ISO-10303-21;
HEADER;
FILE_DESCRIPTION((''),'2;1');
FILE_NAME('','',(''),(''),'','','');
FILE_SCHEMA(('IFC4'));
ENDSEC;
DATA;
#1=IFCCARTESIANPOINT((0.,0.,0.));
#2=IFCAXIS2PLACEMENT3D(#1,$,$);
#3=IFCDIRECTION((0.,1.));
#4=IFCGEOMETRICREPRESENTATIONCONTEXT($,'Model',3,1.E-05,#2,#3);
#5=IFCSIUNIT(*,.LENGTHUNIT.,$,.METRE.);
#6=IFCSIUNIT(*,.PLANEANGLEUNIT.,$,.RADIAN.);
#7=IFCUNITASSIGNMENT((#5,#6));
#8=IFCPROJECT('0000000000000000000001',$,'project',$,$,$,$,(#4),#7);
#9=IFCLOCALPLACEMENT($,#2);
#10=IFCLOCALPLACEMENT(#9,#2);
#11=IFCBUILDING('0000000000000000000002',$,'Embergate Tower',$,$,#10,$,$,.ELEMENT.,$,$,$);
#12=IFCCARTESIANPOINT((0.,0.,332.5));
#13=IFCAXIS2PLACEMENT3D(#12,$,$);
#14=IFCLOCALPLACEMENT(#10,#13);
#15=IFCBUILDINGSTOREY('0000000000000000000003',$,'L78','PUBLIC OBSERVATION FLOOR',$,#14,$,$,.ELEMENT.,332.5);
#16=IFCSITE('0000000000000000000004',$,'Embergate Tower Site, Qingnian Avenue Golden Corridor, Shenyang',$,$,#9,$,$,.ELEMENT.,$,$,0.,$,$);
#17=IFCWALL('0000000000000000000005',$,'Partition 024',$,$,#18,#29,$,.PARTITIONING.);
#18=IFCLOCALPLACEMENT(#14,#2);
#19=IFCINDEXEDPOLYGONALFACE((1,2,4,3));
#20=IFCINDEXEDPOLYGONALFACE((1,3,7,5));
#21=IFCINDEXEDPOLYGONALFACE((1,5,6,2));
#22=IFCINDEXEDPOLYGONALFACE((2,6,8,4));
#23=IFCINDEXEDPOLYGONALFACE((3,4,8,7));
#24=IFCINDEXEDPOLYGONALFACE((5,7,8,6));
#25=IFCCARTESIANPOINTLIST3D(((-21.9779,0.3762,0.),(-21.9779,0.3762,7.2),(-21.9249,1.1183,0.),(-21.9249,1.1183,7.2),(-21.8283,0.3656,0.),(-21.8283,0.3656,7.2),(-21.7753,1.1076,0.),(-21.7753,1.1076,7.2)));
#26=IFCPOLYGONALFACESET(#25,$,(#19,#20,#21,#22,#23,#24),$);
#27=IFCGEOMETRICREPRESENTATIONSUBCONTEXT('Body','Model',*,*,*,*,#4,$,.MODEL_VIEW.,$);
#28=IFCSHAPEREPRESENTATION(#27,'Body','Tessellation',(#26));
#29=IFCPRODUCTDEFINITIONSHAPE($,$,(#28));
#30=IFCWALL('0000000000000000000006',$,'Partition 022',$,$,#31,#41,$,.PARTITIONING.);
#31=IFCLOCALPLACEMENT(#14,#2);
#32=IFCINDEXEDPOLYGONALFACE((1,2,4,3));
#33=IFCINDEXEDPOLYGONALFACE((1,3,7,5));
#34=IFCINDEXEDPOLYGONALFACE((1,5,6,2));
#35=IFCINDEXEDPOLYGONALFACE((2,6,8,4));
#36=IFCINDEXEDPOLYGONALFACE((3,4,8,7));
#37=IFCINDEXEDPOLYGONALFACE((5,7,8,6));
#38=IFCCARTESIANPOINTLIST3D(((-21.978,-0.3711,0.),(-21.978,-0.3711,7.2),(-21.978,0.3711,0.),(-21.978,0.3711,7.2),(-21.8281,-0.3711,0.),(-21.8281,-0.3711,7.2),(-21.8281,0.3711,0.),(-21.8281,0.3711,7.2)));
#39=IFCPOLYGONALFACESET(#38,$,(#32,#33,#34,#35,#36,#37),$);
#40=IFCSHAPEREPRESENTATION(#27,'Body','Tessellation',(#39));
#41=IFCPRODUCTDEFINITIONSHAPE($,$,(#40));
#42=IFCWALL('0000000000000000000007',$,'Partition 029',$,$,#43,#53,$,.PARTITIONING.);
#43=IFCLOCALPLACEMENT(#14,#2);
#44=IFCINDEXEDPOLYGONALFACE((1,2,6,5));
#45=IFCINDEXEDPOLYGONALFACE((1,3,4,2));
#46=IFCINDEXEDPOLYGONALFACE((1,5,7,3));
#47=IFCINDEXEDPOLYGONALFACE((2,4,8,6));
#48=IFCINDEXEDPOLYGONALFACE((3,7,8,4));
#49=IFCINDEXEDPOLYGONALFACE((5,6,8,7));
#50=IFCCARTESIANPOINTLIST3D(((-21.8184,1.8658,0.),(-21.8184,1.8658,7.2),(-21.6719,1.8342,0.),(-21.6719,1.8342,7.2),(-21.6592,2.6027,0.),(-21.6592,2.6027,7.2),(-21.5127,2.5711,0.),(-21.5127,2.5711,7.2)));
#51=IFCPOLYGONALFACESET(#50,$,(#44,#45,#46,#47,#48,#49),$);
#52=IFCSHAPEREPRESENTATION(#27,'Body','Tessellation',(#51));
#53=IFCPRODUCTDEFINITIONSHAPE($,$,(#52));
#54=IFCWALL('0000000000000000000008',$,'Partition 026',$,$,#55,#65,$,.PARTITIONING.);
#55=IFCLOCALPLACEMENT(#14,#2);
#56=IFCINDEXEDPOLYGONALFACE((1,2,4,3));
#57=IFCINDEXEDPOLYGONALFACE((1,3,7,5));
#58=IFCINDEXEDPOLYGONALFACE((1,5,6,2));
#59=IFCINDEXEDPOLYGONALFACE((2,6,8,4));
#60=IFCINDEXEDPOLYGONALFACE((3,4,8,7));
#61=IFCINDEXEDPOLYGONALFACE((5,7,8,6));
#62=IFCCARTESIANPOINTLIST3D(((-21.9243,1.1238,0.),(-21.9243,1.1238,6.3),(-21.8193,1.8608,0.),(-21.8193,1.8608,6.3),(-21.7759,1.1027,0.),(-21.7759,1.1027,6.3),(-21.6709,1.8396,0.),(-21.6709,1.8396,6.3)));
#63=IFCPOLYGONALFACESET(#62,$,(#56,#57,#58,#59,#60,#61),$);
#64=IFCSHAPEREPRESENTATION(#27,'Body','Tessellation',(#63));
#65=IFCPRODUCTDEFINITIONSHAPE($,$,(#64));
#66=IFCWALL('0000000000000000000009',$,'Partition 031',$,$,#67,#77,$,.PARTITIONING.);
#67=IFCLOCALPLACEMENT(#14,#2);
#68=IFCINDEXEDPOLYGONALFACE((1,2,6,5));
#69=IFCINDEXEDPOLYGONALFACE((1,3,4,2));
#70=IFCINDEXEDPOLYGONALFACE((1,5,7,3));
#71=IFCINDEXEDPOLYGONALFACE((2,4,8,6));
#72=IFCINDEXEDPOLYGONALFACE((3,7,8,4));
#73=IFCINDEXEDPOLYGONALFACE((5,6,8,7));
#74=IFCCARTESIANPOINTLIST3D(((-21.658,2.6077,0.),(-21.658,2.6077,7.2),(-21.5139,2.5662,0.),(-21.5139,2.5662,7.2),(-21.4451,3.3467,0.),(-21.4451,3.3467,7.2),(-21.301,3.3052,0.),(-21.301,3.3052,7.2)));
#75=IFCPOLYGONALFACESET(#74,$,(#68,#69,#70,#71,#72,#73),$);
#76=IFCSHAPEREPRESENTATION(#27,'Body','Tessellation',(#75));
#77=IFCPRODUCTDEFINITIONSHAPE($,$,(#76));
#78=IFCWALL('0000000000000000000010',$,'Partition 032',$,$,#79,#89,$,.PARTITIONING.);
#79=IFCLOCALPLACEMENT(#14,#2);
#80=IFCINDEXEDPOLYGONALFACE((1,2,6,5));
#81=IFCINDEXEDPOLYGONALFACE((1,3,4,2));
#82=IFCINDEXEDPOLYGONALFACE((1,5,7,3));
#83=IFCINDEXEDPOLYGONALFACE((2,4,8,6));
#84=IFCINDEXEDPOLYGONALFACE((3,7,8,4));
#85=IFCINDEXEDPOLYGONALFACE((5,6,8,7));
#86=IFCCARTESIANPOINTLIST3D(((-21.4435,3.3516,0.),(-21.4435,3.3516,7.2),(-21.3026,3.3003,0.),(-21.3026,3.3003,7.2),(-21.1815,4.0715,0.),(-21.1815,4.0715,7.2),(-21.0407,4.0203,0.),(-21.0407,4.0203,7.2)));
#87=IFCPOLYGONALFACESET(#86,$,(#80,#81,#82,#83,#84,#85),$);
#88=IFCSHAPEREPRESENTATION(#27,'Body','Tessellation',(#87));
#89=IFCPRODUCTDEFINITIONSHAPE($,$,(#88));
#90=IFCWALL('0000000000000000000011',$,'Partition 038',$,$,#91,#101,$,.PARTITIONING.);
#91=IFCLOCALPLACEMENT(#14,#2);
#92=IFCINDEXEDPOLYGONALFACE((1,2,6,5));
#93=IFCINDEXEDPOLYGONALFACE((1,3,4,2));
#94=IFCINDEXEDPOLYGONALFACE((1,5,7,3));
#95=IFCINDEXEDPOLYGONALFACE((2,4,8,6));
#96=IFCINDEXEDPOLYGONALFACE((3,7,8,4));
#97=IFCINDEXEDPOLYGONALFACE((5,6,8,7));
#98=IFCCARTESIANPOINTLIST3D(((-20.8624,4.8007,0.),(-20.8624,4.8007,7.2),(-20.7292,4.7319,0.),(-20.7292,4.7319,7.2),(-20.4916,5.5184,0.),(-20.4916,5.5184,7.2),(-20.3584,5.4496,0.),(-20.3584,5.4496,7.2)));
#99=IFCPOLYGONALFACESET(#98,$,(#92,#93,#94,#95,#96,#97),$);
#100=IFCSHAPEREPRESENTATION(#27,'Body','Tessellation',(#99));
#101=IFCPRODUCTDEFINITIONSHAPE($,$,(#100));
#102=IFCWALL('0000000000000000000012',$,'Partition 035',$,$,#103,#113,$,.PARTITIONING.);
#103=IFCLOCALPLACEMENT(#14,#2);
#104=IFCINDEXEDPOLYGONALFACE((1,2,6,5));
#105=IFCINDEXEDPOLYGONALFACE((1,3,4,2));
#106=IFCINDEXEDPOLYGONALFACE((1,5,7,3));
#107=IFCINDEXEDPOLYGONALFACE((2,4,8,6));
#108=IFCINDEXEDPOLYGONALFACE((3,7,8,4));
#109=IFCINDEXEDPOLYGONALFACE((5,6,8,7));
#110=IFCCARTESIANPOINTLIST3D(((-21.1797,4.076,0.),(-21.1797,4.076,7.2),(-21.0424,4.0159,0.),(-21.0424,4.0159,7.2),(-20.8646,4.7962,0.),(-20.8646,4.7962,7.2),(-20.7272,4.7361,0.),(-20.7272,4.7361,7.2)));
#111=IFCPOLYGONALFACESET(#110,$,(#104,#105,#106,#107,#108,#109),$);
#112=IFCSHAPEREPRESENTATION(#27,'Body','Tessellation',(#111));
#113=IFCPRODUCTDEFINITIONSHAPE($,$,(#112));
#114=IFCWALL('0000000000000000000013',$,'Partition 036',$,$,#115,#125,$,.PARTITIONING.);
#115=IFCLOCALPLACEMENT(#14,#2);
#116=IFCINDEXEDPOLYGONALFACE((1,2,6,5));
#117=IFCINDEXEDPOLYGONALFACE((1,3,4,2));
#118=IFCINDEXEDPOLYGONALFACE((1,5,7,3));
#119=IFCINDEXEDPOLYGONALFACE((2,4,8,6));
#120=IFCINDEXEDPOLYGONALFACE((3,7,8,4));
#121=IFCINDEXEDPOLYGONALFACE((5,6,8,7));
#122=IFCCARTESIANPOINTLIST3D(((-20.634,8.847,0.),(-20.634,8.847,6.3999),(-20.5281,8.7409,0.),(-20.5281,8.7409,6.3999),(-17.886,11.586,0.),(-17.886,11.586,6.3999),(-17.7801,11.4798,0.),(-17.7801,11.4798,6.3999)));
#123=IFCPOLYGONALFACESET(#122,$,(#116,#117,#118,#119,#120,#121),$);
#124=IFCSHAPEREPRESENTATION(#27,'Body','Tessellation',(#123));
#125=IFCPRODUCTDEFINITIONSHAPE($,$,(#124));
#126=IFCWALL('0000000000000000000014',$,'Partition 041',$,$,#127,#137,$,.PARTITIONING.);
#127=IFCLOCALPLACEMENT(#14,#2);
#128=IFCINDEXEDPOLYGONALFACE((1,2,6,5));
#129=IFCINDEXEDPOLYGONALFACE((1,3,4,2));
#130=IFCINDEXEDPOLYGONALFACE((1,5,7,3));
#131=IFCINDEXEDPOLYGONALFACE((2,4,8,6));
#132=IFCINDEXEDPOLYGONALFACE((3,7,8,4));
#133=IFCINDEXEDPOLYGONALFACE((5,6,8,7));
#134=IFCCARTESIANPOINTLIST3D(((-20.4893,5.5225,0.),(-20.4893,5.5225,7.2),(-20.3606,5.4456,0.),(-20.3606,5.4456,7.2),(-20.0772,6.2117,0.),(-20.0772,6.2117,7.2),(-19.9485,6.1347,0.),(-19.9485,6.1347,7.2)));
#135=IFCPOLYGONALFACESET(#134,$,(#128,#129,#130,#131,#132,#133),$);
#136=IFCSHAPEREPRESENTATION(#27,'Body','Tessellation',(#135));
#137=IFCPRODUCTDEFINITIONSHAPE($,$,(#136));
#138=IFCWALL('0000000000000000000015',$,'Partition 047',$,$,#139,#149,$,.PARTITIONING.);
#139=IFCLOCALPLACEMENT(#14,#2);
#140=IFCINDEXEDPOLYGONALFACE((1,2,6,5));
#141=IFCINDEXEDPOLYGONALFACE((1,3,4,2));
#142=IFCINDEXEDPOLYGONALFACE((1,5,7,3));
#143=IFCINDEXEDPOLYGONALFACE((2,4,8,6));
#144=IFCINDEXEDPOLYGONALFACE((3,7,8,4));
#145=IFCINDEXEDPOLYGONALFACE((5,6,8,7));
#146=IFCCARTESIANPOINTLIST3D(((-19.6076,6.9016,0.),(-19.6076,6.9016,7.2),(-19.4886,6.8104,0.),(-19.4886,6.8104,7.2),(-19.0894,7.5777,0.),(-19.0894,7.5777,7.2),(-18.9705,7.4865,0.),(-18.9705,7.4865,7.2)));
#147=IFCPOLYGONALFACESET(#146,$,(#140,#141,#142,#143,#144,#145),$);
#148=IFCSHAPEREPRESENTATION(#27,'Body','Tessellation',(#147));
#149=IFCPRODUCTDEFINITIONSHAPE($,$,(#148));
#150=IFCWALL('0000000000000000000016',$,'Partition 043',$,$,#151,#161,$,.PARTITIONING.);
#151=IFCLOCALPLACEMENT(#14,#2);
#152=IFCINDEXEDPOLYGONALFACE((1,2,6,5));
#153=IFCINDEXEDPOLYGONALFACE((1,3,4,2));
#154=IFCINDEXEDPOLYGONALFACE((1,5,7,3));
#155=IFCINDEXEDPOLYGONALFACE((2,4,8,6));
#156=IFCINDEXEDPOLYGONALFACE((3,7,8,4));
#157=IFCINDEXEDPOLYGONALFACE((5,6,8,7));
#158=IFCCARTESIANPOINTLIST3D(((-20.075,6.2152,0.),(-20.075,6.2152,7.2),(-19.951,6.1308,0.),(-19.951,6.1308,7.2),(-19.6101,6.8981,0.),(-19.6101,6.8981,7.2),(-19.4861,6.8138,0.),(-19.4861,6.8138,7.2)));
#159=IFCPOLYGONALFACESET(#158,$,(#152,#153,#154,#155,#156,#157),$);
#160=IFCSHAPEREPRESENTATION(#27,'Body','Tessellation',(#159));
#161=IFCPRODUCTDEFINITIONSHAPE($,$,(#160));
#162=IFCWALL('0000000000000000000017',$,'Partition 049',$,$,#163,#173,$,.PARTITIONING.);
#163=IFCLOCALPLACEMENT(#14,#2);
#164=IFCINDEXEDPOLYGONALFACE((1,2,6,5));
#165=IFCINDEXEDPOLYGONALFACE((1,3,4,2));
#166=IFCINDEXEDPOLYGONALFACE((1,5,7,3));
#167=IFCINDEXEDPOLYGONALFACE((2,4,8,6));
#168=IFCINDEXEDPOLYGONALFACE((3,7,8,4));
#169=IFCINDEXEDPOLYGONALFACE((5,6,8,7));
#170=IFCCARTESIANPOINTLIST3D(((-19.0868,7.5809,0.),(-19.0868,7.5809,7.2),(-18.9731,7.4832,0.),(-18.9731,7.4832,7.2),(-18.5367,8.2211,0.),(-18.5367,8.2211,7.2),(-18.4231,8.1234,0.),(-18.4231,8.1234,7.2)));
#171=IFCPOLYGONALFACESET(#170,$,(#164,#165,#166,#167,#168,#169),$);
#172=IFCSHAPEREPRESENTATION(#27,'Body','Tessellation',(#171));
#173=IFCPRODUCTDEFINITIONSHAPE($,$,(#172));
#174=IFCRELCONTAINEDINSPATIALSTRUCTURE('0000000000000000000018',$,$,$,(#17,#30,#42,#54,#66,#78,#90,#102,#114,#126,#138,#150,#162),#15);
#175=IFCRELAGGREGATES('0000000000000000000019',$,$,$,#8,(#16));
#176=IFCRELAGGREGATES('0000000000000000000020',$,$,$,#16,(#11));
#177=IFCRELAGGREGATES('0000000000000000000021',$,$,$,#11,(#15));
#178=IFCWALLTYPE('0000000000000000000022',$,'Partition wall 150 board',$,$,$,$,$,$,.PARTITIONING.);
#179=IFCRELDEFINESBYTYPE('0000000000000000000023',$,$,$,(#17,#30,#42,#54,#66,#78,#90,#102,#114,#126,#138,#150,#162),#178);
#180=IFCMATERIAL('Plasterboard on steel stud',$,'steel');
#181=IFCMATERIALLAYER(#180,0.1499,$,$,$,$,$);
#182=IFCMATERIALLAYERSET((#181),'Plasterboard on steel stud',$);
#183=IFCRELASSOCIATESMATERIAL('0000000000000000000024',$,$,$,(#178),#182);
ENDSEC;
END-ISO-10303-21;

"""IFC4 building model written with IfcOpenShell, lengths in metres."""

from ifc_helpers import new_model, si_unit, direction, frame, frame_2d, origin, place, context, subcontext, project, spatial, rectangle, extrude, source, transform, mapped, material, layer, layer_set, type_object, element, save


model = new_model("IFC4")

# Units and contexts
model_context = context("Model", 3, precision=1e-05, world=origin(), true_north=direction((0.0, 1.0)))
body_context = subcontext(model_context, "Body", "Model", "MODEL_VIEW")
ifc_project = project(units=[si_unit("LENGTHUNIT", "METRE"), si_unit("PLANEANGLEUNIT", "RADIAN")], contexts=[model_context])

# Site, building, storey
site_placement = place(None, origin())
site = spatial("IfcSite", under=ifc_project, at=site_placement, Name="Embergate Tower Site, Qingnian Avenue Golden Corridor, Shenyang", CompositionType="ELEMENT", RefElevation=0.0)
building_placement = place(site_placement, origin())
building = spatial("IfcBuilding", under=site, at=building_placement, Name="Embergate Tower", CompositionType="ELEMENT")
storey_placement = place(building_placement, frame((0.0, 0.0, 332.5)))
storey = spatial("IfcBuildingStorey", under=building, at=storey_placement, Name="L78", Description="PUBLIC OBSERVATION FLOOR", CompositionType="ELEMENT", Elevation=332.5)

# Walls
ifc_material_1 = material(Name="Plasterboard on steel stud", Category="steel")
ifc_layer_1 = layer(ifc_material_1, 0.1499)
ifc_layer_set_1 = layer_set([ifc_layer_1], Name="Plasterboard on steel stud")
wall_type = type_object("IfcWallType", Name="Partition wall 150 board", PredefinedType="PARTITIONING", material=ifc_layer_set_1)
shared_shape_1 = source(origin(), body_context, "Body", "SweptSolid", [
    extrude(rectangle(XDim=0.7439, YDim=0.1499, at=frame_2d((0.3721, 0.0))), origin(), (0.0, 0.0, 1.0), 7.2),
])
for number, where, z_axis, x_axis, name in (
    (1, (-21.8501, 1.113, 0.0), (0.0, 0.0, 1.0), (-0.071224, -0.99746, 0.0), "Partition 024"),
):
    element("IfcWall", number, at=place(storey_placement, frame(where, z_axis=z_axis, x_axis=x_axis)), inside=storey, type_object=wall_type, Name=name, PredefinedType="PARTITIONING", context=body_context, shape_type="MappedRepresentation", body=[
        mapped(shared_shape_1, transform((0.0, 0.0, 0.0))),
    ])
shared_shape_2 = source(origin(), body_context, "Body", "SweptSolid", [
    extrude(rectangle(XDim=0.7422, YDim=0.1499, at=frame_2d((0.3711, 0.0))), origin(), (0.0, 0.0, 1.0), 7.2),
])
wall_1_placement = place(storey_placement, frame((-21.9031, 0.3711, 0.0), z_axis=(0.0, 0.0, 1.0), x_axis=(0.0, -1.0, 0.0)))
element("IfcWall", 2, at=wall_1_placement, inside=storey, type_object=wall_type, Name="Partition 022", PredefinedType="PARTITIONING", context=body_context, shape_type="MappedRepresentation", body=[
    mapped(shared_shape_2, transform((0.0, 0.0, 0.0))),
])
shared_shape_3 = source(origin(), body_context, "Body", "SweptSolid", [
    extrude(rectangle(XDim=0.7539, YDim=0.1499, at=frame_2d((0.377, 0.0))), origin(), (0.0, 0.0, 1.0), 7.2),
])
wall_2_placement = place(storey_placement, frame((-21.5859, 2.5869, 0.0), z_axis=(0.0, 0.0, 1.0), x_axis=(-0.211166, -0.97745, 0.0)))
element("IfcWall", 3, at=wall_2_placement, inside=storey, type_object=wall_type, Name="Partition 029", PredefinedType="PARTITIONING", context=body_context, shape_type="MappedRepresentation", body=[
    mapped(shared_shape_3, transform((0.0, 0.0, 0.0))),
])
shared_shape_4 = source(origin(), body_context, "Body", "SweptSolid", [
    extrude(rectangle(XDim=0.7444, YDim=0.1499, at=frame_2d((0.3721, 0.0))), origin(), (0.0, 0.0, 1.0), 6.3),
])
wall_3_placement = place(storey_placement, frame((-21.7451, 1.8501, 0.0), z_axis=(0.0, 0.0, 1.0), x_axis=(-0.141008, -0.990008, 0.0)))
element("IfcWall", 4, at=wall_3_placement, inside=storey, type_object=wall_type, Name="Partition 026", PredefinedType="PARTITIONING", context=body_context, shape_type="MappedRepresentation", body=[
    mapped(shared_shape_4, transform((0.0, 0.0, 0.0))),
])
shared_shape_5 = source(origin(), body_context, "Body", "SweptSolid", [
    extrude(rectangle(XDim=0.769, YDim=0.1499, at=frame_2d((0.3845, 0.0))), origin(), (0.0, 0.0, 1.0), 7.2),
])
wall_4_placement = place(storey_placement, frame((-21.373, 3.3259, 0.0), z_axis=(0.0, 0.0, 1.0), x_axis=(-0.276817, -0.960923, 0.0)))
element("IfcWall", 5, at=wall_4_placement, inside=storey, type_object=wall_type, Name="Partition 031", PredefinedType="PARTITIONING", context=body_context, shape_type="MappedRepresentation", body=[
    mapped(shared_shape_5, transform((0.0, 0.0, 0.0))),
])
shared_shape_6 = source(origin(), body_context, "Body", "SweptSolid", [
    extrude(rectangle(XDim=0.7661, YDim=0.1499, at=frame_2d((0.3831, 0.0))), origin(), (0.0, 0.0, 1.0), 7.2),
])
wall_5_placement = place(storey_placement, frame((-21.1111, 4.0459, 0.0), z_axis=(0.0, 0.0, 1.0), x_axis=(-0.341922, -0.939728, 0.0)))
element("IfcWall", 6, at=wall_5_placement, inside=storey, type_object=wall_type, Name="Partition 032", PredefinedType="PARTITIONING", context=body_context, shape_type="MappedRepresentation", body=[
    mapped(shared_shape_6, transform((0.0, 0.0, 0.0))),
])
shared_shape_7 = source(origin(), body_context, "Body", "SweptSolid", [
    extrude(rectangle(XDim=0.8079, YDim=0.1499, at=frame_2d((0.4038, 0.0))), origin(), (0.0, 0.0, 1.0), 7.2),
])
wall_6_placement = place(storey_placement, frame((-20.425, 5.4839, 0.0), z_axis=(0.0, 0.0, 1.0), x_axis=(-0.45902, -0.888426, 0.0)))
element("IfcWall", 7, at=wall_6_placement, inside=storey, type_object=wall_type, Name="Partition 038", PredefinedType="PARTITIONING", context=body_context, shape_type="MappedRepresentation", body=[
    mapped(shared_shape_7, transform((0.0, 0.0, 0.0))),
])
shared_shape_8 = source(origin(), body_context, "Body", "SweptSolid", [
    extrude(rectangle(XDim=0.7861, YDim=0.1499, at=frame_2d((0.3931, 0.0))), origin(), (0.0, 0.0, 1.0), 7.2),
])
wall_7_placement = place(storey_placement, frame((-20.7959, 4.7661, 0.0), z_axis=(0.0, 0.0, 1.0), x_axis=(-0.400917, -0.916115, 0.0)))
element("IfcWall", 8, at=wall_7_placement, inside=storey, type_object=wall_type, Name="Partition 035", PredefinedType="PARTITIONING", context=body_context, shape_type="MappedRepresentation", body=[
    mapped(shared_shape_8, transform((0.0, 0.0, 0.0))),
])
shared_shape_9 = source(origin(), body_context, "Body", "SweptSolid", [
    extrude(rectangle(XDim=3.8799, YDim=0.1499, at=frame_2d((1.9399, 0.0))), origin(), (0.0, 0.0, 1.0), 6.3999),
])
wall_8_placement = place(storey_placement, frame((-20.5811, 8.7939, 0.0), z_axis=(0.0, 0.0, 1.0), x_axis=(0.70827, 0.705942, 0.0)))
element("IfcWall", 9, at=wall_8_placement, inside=storey, type_object=wall_type, Name="Partition 036", PredefinedType="PARTITIONING", context=body_context, shape_type="MappedRepresentation", body=[
    mapped(shared_shape_9, transform((0.0, 0.0, 0.0))),
])
shared_shape_10 = source(origin(), body_context, "Body", "SweptSolid", [
    extrude(rectangle(XDim=0.803, YDim=0.1499, at=frame_2d((0.4014, 0.0))), origin(), (0.0, 0.0, 1.0), 7.2),
])
wall_9_placement = place(storey_placement, frame((-20.0129, 6.1731, 0.0), z_axis=(0.0, 0.0, 1.0), x_axis=(-0.513199, -0.85827, 0.0)))
element("IfcWall", 10, at=wall_9_placement, inside=storey, type_object=wall_type, Name="Partition 041", PredefinedType="PARTITIONING", context=body_context, shape_type="MappedRepresentation", body=[
    mapped(shared_shape_10, transform((0.0, 0.0, 0.0))),
])
shared_shape_11 = source(origin(), body_context, "Body", "SweptSolid", [
    extrude(rectangle(XDim=0.8518, YDim=0.1499, at=frame_2d((0.4258, 0.0))), origin(), (0.0, 0.0, 1.0), 7.2),
])
wall_10_placement = place(storey_placement, frame((-19.03, 7.532, 0.0), z_axis=(0.0, 0.0, 1.0), x_axis=(-0.608269, -0.793731, 0.0)))
element("IfcWall", 11, at=wall_10_placement, inside=storey, type_object=wall_type, Name="Partition 047", PredefinedType="PARTITIONING", context=body_context, shape_type="MappedRepresentation", body=[
    mapped(shared_shape_11, transform((0.0, 0.0, 0.0))),
])
shared_shape_12 = source(origin(), body_context, "Body", "SweptSolid", [
    extrude(rectangle(XDim=0.8262, YDim=0.1499, at=frame_2d((0.4131, 0.0))), origin(), (0.0, 0.0, 1.0), 7.2),
])
wall_11_placement = place(storey_placement, frame((-19.5481, 6.856, 0.0), z_axis=(0.0, 0.0, 1.0), x_axis=(-0.562722, -0.826646, 0.0)))
element("IfcWall", 12, at=wall_11_placement, inside=storey, type_object=wall_type, Name="Partition 043", PredefinedType="PARTITIONING", context=body_context, shape_type="MappedRepresentation", body=[
    mapped(shared_shape_12, transform((0.0, 0.0, 0.0))),
])
shared_shape_13 = source(origin(), body_context, "Body", "SweptSolid", [
    extrude(rectangle(XDim=0.844, YDim=0.1499, at=frame_2d((0.4219, 0.0))), origin(), (0.0, 0.0, 1.0), 7.2),
])
wall_12_placement = place(storey_placement, frame((-18.48, 8.1721, 0.0), z_axis=(0.0, 0.0, 1.0), x_axis=(-0.65172, -0.75846, 0.0)))
element("IfcWall", 13, at=wall_12_placement, inside=storey, type_object=wall_type, Name="Partition 049", PredefinedType="PARTITIONING", context=body_context, shape_type="MappedRepresentation", body=[
    mapped(shared_shape_13, transform((0.0, 0.0, 0.0))),
])

save(model, "model.ifc")
